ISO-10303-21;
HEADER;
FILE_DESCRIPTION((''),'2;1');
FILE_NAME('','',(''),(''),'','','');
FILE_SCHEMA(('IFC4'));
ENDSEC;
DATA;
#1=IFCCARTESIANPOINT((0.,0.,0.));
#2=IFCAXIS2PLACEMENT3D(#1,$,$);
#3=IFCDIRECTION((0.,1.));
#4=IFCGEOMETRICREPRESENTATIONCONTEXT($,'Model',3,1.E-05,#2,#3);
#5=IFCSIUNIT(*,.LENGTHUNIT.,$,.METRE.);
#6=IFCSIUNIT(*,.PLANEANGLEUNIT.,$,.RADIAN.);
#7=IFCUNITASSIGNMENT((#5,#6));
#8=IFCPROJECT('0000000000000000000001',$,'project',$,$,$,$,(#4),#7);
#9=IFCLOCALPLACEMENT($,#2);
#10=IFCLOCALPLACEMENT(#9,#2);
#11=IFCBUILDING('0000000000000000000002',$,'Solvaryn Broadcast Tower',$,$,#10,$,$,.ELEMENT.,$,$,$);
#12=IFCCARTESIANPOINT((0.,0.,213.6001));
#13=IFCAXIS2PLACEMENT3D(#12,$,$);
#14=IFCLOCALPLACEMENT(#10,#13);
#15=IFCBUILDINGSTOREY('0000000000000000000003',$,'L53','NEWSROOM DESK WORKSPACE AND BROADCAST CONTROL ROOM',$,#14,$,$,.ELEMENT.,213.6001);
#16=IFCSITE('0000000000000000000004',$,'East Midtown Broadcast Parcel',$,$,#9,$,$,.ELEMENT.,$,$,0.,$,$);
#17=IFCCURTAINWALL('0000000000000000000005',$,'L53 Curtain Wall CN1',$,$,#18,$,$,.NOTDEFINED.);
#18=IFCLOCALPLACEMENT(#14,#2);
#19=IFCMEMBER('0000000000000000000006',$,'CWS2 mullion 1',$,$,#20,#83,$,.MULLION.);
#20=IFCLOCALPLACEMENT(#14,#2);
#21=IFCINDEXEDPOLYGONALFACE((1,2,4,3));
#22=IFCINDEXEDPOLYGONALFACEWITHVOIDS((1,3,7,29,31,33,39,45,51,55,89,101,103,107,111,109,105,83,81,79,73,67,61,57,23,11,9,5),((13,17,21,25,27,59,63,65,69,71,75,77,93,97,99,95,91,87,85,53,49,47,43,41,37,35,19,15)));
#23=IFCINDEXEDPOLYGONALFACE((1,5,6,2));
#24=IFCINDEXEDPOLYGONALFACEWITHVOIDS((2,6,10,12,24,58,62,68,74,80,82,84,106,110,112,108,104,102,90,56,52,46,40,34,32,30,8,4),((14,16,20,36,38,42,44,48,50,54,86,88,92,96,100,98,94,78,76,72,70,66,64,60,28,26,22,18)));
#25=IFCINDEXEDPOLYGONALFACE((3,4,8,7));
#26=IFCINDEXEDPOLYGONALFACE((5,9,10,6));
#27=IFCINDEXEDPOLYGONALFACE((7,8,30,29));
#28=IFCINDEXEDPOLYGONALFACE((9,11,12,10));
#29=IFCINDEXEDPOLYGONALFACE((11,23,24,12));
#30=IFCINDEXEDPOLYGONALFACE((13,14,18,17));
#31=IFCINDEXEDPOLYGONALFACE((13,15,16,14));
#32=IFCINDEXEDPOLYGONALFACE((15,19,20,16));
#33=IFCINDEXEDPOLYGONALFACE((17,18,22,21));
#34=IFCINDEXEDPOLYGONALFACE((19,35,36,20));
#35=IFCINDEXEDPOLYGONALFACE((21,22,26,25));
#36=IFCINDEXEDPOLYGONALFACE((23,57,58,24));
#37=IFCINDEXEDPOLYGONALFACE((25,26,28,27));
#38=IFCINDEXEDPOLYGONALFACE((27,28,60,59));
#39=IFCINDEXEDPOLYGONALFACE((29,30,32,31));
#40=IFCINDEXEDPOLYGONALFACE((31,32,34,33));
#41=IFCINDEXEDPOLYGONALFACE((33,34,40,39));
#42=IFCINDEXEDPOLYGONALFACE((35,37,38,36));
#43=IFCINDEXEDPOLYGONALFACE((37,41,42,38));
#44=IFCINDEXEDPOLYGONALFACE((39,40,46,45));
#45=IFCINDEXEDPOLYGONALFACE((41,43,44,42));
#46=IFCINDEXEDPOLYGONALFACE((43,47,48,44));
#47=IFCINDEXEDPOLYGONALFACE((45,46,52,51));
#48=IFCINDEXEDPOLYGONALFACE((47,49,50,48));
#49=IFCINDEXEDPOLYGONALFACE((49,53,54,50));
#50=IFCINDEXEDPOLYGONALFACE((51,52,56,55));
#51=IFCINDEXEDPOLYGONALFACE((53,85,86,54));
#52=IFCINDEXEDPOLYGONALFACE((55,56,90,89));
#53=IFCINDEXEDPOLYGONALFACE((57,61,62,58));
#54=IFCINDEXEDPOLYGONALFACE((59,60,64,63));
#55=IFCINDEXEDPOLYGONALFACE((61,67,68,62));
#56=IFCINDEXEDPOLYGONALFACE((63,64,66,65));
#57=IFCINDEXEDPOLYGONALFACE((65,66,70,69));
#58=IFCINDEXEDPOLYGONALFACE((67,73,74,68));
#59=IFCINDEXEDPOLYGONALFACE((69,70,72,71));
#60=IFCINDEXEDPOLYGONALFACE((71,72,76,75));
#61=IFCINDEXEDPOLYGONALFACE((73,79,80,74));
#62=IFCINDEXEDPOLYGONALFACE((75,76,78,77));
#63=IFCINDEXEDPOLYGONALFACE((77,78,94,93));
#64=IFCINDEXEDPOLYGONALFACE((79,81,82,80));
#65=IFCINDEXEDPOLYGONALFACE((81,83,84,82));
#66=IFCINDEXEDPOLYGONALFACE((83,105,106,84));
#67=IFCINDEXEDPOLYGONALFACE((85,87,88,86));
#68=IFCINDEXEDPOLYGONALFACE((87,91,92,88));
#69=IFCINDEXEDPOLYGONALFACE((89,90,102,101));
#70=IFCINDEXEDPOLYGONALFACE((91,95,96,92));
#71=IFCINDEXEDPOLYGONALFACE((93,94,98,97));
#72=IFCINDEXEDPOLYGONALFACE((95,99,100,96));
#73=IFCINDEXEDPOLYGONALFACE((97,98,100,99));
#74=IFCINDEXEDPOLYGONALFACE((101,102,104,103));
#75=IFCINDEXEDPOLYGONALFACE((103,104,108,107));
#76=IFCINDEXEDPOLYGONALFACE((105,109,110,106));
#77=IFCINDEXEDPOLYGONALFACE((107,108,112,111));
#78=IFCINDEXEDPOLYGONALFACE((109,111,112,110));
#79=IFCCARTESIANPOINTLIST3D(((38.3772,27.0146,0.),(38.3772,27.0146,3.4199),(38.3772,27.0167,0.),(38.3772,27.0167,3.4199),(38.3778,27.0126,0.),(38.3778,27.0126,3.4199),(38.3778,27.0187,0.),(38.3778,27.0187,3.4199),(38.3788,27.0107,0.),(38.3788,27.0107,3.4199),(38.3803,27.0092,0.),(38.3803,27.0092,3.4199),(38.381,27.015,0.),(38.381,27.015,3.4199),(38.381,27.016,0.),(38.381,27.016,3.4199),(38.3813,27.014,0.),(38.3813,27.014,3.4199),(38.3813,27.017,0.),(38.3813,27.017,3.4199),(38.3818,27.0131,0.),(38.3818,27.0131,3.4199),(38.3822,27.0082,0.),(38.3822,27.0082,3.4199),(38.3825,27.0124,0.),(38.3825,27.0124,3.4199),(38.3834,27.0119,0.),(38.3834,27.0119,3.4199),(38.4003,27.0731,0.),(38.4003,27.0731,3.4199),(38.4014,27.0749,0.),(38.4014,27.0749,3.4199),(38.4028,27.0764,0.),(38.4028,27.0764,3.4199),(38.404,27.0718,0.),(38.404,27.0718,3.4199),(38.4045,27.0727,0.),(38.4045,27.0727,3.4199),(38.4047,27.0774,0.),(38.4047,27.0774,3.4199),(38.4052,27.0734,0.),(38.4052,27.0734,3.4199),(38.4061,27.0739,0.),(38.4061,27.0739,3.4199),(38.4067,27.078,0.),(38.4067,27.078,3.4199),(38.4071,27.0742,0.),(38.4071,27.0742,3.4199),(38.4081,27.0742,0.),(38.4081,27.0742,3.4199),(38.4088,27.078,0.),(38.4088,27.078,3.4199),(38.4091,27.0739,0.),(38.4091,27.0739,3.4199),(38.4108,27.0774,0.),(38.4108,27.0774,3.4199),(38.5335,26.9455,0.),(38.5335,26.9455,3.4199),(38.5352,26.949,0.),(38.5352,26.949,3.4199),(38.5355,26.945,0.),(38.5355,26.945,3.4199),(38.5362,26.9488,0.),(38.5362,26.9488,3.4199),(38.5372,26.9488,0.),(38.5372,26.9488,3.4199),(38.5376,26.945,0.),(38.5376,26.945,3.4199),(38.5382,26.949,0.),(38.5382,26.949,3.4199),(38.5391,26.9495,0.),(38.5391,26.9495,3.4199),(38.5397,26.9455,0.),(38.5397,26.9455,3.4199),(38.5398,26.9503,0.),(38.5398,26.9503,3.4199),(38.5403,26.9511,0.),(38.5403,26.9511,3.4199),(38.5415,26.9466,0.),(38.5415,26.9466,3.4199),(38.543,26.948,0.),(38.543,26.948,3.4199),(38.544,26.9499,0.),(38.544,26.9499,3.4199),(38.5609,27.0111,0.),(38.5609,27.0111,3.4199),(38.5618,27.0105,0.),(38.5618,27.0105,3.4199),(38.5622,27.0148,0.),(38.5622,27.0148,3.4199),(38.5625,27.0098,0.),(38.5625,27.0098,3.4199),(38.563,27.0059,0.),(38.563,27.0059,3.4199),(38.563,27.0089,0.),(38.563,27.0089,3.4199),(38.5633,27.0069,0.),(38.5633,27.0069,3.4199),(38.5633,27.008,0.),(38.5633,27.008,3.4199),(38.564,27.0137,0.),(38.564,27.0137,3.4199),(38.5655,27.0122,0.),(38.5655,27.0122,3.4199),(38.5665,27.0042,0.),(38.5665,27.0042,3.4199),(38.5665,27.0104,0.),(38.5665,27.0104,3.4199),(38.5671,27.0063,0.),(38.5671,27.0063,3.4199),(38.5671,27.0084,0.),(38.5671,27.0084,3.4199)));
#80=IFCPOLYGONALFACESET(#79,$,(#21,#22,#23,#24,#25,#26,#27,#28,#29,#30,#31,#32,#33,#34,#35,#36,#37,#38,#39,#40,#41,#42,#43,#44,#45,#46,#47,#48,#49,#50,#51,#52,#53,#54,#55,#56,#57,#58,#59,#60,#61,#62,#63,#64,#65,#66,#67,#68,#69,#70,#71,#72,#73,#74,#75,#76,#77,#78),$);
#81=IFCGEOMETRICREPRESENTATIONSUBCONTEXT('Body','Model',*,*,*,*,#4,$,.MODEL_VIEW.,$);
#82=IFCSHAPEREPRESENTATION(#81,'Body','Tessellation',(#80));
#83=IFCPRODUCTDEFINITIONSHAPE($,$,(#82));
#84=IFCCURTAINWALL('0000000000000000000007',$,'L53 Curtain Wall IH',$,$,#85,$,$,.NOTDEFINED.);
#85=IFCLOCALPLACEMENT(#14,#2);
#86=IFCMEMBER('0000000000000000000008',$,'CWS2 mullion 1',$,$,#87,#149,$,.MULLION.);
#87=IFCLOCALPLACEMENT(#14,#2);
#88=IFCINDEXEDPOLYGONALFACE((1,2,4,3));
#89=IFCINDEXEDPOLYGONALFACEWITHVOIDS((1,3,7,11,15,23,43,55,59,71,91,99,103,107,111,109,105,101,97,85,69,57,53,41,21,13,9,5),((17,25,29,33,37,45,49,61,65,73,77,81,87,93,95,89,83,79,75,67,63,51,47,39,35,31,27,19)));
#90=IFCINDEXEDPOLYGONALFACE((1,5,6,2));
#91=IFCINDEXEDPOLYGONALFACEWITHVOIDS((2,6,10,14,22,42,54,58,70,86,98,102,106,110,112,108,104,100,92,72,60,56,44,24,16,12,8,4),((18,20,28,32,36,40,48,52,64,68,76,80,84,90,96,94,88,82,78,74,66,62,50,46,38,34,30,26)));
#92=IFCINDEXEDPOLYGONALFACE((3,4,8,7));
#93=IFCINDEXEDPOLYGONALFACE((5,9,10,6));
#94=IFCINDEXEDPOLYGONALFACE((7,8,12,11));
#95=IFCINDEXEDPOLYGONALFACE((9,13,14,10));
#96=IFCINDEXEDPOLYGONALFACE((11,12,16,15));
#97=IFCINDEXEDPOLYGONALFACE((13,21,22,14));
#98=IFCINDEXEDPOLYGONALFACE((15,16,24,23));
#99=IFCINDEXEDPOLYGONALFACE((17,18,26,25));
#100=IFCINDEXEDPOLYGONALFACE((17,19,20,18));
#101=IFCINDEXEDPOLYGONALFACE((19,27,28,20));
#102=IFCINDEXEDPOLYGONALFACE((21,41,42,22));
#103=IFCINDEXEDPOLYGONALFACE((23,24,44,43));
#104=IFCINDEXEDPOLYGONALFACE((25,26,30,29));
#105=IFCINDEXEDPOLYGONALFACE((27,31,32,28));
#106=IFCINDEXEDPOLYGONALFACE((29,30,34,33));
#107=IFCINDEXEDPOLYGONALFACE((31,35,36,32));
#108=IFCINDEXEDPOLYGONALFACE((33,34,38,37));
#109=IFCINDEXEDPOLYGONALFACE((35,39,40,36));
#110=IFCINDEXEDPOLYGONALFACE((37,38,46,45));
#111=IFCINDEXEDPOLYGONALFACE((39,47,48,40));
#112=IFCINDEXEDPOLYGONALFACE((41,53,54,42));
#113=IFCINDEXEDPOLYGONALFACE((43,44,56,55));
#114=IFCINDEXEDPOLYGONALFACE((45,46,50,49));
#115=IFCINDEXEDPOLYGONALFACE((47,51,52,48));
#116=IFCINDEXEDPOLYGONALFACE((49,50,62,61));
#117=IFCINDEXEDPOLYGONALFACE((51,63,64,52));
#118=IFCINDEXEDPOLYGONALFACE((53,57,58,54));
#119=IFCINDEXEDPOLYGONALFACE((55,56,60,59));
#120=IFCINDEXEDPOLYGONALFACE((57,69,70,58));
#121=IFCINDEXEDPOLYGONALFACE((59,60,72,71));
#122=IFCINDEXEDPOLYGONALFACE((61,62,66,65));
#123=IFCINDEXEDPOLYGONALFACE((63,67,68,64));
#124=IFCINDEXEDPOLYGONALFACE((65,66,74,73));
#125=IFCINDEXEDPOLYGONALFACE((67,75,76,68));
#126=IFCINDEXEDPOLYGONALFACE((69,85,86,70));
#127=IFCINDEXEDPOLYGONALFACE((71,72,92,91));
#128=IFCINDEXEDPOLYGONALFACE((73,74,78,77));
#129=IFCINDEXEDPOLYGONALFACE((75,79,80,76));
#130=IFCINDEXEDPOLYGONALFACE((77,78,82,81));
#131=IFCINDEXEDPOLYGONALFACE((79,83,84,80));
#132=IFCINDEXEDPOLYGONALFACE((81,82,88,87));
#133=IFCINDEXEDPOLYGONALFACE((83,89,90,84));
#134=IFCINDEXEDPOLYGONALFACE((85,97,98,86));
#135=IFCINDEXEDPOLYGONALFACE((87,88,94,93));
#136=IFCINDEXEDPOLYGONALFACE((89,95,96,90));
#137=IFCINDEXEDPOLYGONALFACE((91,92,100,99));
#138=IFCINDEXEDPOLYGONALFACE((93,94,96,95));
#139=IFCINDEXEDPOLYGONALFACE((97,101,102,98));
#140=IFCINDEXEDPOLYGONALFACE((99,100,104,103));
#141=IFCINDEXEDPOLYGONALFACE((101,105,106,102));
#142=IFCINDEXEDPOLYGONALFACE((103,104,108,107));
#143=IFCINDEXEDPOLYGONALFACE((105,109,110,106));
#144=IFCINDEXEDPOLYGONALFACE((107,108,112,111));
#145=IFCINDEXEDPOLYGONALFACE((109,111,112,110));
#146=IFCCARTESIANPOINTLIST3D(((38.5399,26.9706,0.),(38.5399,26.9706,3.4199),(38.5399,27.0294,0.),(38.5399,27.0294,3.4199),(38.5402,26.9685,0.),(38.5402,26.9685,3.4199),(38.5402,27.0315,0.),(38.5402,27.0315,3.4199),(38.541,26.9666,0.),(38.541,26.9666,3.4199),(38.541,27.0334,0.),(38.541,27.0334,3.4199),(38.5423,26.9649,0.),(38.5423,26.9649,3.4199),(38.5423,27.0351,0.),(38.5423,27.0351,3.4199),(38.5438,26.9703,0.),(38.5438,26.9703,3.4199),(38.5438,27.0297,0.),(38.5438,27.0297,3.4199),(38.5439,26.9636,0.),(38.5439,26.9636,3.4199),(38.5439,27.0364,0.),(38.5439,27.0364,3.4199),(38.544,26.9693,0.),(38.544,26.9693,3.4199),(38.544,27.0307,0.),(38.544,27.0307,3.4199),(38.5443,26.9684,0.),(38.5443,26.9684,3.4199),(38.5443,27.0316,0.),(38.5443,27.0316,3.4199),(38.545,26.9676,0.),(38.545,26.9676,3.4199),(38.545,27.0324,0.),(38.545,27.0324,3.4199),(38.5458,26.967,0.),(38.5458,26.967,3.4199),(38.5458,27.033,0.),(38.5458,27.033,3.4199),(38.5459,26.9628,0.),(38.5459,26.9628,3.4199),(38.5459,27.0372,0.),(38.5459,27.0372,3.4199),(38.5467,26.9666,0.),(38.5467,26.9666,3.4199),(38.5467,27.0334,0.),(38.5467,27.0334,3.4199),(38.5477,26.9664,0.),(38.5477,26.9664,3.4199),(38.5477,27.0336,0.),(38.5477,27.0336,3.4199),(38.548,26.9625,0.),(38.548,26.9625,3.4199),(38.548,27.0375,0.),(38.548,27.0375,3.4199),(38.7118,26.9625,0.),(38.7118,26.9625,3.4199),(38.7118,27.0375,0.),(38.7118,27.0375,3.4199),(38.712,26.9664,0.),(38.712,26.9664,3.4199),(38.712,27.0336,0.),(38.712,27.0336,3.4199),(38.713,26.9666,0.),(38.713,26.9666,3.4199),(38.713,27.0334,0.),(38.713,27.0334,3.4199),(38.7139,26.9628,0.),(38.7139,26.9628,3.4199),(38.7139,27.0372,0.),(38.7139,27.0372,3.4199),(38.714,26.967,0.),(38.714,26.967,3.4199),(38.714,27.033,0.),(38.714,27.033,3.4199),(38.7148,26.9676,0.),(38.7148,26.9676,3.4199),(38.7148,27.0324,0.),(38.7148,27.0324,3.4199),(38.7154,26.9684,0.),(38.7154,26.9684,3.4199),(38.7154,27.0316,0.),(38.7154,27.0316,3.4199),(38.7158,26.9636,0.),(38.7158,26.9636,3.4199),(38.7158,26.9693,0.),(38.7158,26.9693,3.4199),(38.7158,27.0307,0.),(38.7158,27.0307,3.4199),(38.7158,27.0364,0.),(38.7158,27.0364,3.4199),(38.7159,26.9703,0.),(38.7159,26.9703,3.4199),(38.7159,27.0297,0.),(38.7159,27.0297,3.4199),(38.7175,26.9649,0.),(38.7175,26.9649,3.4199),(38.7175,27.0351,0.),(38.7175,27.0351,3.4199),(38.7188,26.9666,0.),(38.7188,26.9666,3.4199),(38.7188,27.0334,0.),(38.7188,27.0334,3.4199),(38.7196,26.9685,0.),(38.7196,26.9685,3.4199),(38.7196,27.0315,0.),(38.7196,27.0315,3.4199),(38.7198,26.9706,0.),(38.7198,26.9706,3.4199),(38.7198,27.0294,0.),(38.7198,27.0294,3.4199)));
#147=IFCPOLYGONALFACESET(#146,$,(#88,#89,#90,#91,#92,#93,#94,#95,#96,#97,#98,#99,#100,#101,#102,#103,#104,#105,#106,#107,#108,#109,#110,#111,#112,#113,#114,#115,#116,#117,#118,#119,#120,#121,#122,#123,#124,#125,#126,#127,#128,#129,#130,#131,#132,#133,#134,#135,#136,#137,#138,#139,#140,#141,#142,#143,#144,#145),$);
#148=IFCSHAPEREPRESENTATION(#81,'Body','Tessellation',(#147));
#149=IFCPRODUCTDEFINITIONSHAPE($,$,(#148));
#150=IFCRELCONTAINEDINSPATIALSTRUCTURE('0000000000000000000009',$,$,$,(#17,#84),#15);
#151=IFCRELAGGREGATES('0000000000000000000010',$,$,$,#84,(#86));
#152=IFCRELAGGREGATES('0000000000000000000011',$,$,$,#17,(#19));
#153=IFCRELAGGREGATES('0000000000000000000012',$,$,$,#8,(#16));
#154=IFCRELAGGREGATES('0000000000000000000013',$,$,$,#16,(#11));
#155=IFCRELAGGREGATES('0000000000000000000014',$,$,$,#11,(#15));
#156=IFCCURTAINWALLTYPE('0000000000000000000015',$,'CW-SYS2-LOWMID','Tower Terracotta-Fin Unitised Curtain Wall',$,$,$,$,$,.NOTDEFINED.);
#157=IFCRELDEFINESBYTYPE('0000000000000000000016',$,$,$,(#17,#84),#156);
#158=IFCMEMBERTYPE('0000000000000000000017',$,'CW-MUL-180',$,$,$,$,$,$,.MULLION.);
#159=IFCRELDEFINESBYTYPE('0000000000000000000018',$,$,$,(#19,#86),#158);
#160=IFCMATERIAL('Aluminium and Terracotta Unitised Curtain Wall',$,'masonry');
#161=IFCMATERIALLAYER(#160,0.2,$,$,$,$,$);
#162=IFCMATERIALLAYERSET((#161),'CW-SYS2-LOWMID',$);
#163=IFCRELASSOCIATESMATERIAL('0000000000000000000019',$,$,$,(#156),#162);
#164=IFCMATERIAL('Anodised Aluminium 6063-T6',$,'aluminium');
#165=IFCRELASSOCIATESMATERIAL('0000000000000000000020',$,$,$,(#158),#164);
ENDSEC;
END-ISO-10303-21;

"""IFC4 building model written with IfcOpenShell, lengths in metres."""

from ifc_helpers import new_model, si_unit, direction, frame, origin, origin_2d, place, context, subcontext, project, spatial, hollow_rectangle, extrude, material, layer, layer_set, material_profile, profile_set, type_object, element, aggregate, save


model = new_model("IFC4")

# Units and contexts
model_context = context("Model", 3, precision=1e-05, world=origin(), true_north=direction((0.0, 1.0)))
body_context = subcontext(model_context, "Body", "Model", "MODEL_VIEW")
ifc_project = project(units=[si_unit("LENGTHUNIT", "METRE"), si_unit("PLANEANGLEUNIT", "RADIAN")], contexts=[model_context])

# Site, building, storey
site_placement = place(None, origin())
site = spatial("IfcSite", under=ifc_project, at=site_placement, Name="East Midtown Broadcast Parcel", CompositionType="ELEMENT", RefElevation=0.0)
building_placement = place(site_placement, origin())
building = spatial("IfcBuilding", under=site, at=building_placement, Name="Solvaryn Broadcast Tower", CompositionType="ELEMENT")
storey_placement = place(building_placement, frame((0.0, 0.0, 213.6001)))
storey = spatial("IfcBuildingStorey", under=building, at=storey_placement, Name="L53", Description="NEWSROOM DESK WORKSPACE AND BROADCAST CONTROL ROOM", CompositionType="ELEMENT", Elevation=213.6001)

# Curtain walls, members
ifc_material_1 = material(Name="Aluminium and Terracotta Unitised Curtain Wall", Category="masonry")
ifc_layer_1 = layer(ifc_material_1, 0.2)
ifc_layer_set_1 = layer_set([ifc_layer_1], Name="CW-SYS2-LOWMID")
curtain_wall_type = type_object("IfcCurtainWallType", Name="CW-SYS2-LOWMID", Description="Tower Terracotta-Fin Unitised Curtain Wall", PredefinedType="NOTDEFINED", material=ifc_layer_set_1)
curtain_wall_1_placement = place(storey_placement, origin())
curtain_wall_1 = element("IfcCurtainWall", 1, at=curtain_wall_1_placement, inside=storey, type_object=curtain_wall_type, Name="L53 Curtain Wall CN1", PredefinedType="NOTDEFINED")
ifc_material_2 = material(Name="Anodised Aluminium 6063-T6", Category="aluminium")
ifc_material_profile_1 = material_profile(ifc_material_2, hollow_rectangle(XDim=0.075, YDim=0.1799, WallThickness=0.0039, InnerFilletRadius=0.0039, OuterFilletRadius=0.0081, at=origin_2d()))
ifc_profile_set_1 = profile_set([ifc_material_profile_1], Name="Anodised Aluminium 6063-T6")
member_type_1 = type_object("IfcMemberType", Name="CW-MUL-180", PredefinedType="MULLION", material=ifc_profile_set_1)
member_1_placement = place(storey_placement, frame((38.4722, 27.0115, 0.0), z_axis=(0.0, 0.0, 1.0), x_axis=(-0.382646, -0.923895, 0.0)))
member_1 = element("IfcMember", 2, at=member_1_placement, type_object=member_type_1, Name="CWS2 mullion 1", PredefinedType="MULLION", context=body_context, shape_type="SweptSolid", body=[
    extrude(hollow_rectangle(XDim=0.075, YDim=0.1799, WallThickness=0.0039, InnerFilletRadius=0.0039, OuterFilletRadius=0.0081, at=origin_2d()), origin(), (0.0, 0.0, 1.0), 3.4199),
])
curtain_wall_2_placement = place(storey_placement, origin())
curtain_wall_2 = element("IfcCurtainWall", 3, at=curtain_wall_2_placement, inside=storey, type_object=curtain_wall_type, Name="L53 Curtain Wall IH", PredefinedType="NOTDEFINED")
member_2_placement = place(storey_placement, frame((38.6299, 27.0, 0.0), z_axis=(0.0, 0.0, 1.0), x_axis=(0.0, 1.0, 0.0)))
member_2 = element("IfcMember", 4, at=member_2_placement, type_object=member_type_1, Name="CWS2 mullion 1", PredefinedType="MULLION", context=body_context, shape_type="SweptSolid", body=[
    extrude(hollow_rectangle(XDim=0.075, YDim=0.1799, WallThickness=0.0039, InnerFilletRadius=0.0039, OuterFilletRadius=0.0081, at=origin_2d()), origin(), (0.0, 0.0, 1.0), 3.4199),
])

aggregate(curtain_wall_2, [member_2])

aggregate(curtain_wall_1, [member_1])

save(model, "model.ifc")
